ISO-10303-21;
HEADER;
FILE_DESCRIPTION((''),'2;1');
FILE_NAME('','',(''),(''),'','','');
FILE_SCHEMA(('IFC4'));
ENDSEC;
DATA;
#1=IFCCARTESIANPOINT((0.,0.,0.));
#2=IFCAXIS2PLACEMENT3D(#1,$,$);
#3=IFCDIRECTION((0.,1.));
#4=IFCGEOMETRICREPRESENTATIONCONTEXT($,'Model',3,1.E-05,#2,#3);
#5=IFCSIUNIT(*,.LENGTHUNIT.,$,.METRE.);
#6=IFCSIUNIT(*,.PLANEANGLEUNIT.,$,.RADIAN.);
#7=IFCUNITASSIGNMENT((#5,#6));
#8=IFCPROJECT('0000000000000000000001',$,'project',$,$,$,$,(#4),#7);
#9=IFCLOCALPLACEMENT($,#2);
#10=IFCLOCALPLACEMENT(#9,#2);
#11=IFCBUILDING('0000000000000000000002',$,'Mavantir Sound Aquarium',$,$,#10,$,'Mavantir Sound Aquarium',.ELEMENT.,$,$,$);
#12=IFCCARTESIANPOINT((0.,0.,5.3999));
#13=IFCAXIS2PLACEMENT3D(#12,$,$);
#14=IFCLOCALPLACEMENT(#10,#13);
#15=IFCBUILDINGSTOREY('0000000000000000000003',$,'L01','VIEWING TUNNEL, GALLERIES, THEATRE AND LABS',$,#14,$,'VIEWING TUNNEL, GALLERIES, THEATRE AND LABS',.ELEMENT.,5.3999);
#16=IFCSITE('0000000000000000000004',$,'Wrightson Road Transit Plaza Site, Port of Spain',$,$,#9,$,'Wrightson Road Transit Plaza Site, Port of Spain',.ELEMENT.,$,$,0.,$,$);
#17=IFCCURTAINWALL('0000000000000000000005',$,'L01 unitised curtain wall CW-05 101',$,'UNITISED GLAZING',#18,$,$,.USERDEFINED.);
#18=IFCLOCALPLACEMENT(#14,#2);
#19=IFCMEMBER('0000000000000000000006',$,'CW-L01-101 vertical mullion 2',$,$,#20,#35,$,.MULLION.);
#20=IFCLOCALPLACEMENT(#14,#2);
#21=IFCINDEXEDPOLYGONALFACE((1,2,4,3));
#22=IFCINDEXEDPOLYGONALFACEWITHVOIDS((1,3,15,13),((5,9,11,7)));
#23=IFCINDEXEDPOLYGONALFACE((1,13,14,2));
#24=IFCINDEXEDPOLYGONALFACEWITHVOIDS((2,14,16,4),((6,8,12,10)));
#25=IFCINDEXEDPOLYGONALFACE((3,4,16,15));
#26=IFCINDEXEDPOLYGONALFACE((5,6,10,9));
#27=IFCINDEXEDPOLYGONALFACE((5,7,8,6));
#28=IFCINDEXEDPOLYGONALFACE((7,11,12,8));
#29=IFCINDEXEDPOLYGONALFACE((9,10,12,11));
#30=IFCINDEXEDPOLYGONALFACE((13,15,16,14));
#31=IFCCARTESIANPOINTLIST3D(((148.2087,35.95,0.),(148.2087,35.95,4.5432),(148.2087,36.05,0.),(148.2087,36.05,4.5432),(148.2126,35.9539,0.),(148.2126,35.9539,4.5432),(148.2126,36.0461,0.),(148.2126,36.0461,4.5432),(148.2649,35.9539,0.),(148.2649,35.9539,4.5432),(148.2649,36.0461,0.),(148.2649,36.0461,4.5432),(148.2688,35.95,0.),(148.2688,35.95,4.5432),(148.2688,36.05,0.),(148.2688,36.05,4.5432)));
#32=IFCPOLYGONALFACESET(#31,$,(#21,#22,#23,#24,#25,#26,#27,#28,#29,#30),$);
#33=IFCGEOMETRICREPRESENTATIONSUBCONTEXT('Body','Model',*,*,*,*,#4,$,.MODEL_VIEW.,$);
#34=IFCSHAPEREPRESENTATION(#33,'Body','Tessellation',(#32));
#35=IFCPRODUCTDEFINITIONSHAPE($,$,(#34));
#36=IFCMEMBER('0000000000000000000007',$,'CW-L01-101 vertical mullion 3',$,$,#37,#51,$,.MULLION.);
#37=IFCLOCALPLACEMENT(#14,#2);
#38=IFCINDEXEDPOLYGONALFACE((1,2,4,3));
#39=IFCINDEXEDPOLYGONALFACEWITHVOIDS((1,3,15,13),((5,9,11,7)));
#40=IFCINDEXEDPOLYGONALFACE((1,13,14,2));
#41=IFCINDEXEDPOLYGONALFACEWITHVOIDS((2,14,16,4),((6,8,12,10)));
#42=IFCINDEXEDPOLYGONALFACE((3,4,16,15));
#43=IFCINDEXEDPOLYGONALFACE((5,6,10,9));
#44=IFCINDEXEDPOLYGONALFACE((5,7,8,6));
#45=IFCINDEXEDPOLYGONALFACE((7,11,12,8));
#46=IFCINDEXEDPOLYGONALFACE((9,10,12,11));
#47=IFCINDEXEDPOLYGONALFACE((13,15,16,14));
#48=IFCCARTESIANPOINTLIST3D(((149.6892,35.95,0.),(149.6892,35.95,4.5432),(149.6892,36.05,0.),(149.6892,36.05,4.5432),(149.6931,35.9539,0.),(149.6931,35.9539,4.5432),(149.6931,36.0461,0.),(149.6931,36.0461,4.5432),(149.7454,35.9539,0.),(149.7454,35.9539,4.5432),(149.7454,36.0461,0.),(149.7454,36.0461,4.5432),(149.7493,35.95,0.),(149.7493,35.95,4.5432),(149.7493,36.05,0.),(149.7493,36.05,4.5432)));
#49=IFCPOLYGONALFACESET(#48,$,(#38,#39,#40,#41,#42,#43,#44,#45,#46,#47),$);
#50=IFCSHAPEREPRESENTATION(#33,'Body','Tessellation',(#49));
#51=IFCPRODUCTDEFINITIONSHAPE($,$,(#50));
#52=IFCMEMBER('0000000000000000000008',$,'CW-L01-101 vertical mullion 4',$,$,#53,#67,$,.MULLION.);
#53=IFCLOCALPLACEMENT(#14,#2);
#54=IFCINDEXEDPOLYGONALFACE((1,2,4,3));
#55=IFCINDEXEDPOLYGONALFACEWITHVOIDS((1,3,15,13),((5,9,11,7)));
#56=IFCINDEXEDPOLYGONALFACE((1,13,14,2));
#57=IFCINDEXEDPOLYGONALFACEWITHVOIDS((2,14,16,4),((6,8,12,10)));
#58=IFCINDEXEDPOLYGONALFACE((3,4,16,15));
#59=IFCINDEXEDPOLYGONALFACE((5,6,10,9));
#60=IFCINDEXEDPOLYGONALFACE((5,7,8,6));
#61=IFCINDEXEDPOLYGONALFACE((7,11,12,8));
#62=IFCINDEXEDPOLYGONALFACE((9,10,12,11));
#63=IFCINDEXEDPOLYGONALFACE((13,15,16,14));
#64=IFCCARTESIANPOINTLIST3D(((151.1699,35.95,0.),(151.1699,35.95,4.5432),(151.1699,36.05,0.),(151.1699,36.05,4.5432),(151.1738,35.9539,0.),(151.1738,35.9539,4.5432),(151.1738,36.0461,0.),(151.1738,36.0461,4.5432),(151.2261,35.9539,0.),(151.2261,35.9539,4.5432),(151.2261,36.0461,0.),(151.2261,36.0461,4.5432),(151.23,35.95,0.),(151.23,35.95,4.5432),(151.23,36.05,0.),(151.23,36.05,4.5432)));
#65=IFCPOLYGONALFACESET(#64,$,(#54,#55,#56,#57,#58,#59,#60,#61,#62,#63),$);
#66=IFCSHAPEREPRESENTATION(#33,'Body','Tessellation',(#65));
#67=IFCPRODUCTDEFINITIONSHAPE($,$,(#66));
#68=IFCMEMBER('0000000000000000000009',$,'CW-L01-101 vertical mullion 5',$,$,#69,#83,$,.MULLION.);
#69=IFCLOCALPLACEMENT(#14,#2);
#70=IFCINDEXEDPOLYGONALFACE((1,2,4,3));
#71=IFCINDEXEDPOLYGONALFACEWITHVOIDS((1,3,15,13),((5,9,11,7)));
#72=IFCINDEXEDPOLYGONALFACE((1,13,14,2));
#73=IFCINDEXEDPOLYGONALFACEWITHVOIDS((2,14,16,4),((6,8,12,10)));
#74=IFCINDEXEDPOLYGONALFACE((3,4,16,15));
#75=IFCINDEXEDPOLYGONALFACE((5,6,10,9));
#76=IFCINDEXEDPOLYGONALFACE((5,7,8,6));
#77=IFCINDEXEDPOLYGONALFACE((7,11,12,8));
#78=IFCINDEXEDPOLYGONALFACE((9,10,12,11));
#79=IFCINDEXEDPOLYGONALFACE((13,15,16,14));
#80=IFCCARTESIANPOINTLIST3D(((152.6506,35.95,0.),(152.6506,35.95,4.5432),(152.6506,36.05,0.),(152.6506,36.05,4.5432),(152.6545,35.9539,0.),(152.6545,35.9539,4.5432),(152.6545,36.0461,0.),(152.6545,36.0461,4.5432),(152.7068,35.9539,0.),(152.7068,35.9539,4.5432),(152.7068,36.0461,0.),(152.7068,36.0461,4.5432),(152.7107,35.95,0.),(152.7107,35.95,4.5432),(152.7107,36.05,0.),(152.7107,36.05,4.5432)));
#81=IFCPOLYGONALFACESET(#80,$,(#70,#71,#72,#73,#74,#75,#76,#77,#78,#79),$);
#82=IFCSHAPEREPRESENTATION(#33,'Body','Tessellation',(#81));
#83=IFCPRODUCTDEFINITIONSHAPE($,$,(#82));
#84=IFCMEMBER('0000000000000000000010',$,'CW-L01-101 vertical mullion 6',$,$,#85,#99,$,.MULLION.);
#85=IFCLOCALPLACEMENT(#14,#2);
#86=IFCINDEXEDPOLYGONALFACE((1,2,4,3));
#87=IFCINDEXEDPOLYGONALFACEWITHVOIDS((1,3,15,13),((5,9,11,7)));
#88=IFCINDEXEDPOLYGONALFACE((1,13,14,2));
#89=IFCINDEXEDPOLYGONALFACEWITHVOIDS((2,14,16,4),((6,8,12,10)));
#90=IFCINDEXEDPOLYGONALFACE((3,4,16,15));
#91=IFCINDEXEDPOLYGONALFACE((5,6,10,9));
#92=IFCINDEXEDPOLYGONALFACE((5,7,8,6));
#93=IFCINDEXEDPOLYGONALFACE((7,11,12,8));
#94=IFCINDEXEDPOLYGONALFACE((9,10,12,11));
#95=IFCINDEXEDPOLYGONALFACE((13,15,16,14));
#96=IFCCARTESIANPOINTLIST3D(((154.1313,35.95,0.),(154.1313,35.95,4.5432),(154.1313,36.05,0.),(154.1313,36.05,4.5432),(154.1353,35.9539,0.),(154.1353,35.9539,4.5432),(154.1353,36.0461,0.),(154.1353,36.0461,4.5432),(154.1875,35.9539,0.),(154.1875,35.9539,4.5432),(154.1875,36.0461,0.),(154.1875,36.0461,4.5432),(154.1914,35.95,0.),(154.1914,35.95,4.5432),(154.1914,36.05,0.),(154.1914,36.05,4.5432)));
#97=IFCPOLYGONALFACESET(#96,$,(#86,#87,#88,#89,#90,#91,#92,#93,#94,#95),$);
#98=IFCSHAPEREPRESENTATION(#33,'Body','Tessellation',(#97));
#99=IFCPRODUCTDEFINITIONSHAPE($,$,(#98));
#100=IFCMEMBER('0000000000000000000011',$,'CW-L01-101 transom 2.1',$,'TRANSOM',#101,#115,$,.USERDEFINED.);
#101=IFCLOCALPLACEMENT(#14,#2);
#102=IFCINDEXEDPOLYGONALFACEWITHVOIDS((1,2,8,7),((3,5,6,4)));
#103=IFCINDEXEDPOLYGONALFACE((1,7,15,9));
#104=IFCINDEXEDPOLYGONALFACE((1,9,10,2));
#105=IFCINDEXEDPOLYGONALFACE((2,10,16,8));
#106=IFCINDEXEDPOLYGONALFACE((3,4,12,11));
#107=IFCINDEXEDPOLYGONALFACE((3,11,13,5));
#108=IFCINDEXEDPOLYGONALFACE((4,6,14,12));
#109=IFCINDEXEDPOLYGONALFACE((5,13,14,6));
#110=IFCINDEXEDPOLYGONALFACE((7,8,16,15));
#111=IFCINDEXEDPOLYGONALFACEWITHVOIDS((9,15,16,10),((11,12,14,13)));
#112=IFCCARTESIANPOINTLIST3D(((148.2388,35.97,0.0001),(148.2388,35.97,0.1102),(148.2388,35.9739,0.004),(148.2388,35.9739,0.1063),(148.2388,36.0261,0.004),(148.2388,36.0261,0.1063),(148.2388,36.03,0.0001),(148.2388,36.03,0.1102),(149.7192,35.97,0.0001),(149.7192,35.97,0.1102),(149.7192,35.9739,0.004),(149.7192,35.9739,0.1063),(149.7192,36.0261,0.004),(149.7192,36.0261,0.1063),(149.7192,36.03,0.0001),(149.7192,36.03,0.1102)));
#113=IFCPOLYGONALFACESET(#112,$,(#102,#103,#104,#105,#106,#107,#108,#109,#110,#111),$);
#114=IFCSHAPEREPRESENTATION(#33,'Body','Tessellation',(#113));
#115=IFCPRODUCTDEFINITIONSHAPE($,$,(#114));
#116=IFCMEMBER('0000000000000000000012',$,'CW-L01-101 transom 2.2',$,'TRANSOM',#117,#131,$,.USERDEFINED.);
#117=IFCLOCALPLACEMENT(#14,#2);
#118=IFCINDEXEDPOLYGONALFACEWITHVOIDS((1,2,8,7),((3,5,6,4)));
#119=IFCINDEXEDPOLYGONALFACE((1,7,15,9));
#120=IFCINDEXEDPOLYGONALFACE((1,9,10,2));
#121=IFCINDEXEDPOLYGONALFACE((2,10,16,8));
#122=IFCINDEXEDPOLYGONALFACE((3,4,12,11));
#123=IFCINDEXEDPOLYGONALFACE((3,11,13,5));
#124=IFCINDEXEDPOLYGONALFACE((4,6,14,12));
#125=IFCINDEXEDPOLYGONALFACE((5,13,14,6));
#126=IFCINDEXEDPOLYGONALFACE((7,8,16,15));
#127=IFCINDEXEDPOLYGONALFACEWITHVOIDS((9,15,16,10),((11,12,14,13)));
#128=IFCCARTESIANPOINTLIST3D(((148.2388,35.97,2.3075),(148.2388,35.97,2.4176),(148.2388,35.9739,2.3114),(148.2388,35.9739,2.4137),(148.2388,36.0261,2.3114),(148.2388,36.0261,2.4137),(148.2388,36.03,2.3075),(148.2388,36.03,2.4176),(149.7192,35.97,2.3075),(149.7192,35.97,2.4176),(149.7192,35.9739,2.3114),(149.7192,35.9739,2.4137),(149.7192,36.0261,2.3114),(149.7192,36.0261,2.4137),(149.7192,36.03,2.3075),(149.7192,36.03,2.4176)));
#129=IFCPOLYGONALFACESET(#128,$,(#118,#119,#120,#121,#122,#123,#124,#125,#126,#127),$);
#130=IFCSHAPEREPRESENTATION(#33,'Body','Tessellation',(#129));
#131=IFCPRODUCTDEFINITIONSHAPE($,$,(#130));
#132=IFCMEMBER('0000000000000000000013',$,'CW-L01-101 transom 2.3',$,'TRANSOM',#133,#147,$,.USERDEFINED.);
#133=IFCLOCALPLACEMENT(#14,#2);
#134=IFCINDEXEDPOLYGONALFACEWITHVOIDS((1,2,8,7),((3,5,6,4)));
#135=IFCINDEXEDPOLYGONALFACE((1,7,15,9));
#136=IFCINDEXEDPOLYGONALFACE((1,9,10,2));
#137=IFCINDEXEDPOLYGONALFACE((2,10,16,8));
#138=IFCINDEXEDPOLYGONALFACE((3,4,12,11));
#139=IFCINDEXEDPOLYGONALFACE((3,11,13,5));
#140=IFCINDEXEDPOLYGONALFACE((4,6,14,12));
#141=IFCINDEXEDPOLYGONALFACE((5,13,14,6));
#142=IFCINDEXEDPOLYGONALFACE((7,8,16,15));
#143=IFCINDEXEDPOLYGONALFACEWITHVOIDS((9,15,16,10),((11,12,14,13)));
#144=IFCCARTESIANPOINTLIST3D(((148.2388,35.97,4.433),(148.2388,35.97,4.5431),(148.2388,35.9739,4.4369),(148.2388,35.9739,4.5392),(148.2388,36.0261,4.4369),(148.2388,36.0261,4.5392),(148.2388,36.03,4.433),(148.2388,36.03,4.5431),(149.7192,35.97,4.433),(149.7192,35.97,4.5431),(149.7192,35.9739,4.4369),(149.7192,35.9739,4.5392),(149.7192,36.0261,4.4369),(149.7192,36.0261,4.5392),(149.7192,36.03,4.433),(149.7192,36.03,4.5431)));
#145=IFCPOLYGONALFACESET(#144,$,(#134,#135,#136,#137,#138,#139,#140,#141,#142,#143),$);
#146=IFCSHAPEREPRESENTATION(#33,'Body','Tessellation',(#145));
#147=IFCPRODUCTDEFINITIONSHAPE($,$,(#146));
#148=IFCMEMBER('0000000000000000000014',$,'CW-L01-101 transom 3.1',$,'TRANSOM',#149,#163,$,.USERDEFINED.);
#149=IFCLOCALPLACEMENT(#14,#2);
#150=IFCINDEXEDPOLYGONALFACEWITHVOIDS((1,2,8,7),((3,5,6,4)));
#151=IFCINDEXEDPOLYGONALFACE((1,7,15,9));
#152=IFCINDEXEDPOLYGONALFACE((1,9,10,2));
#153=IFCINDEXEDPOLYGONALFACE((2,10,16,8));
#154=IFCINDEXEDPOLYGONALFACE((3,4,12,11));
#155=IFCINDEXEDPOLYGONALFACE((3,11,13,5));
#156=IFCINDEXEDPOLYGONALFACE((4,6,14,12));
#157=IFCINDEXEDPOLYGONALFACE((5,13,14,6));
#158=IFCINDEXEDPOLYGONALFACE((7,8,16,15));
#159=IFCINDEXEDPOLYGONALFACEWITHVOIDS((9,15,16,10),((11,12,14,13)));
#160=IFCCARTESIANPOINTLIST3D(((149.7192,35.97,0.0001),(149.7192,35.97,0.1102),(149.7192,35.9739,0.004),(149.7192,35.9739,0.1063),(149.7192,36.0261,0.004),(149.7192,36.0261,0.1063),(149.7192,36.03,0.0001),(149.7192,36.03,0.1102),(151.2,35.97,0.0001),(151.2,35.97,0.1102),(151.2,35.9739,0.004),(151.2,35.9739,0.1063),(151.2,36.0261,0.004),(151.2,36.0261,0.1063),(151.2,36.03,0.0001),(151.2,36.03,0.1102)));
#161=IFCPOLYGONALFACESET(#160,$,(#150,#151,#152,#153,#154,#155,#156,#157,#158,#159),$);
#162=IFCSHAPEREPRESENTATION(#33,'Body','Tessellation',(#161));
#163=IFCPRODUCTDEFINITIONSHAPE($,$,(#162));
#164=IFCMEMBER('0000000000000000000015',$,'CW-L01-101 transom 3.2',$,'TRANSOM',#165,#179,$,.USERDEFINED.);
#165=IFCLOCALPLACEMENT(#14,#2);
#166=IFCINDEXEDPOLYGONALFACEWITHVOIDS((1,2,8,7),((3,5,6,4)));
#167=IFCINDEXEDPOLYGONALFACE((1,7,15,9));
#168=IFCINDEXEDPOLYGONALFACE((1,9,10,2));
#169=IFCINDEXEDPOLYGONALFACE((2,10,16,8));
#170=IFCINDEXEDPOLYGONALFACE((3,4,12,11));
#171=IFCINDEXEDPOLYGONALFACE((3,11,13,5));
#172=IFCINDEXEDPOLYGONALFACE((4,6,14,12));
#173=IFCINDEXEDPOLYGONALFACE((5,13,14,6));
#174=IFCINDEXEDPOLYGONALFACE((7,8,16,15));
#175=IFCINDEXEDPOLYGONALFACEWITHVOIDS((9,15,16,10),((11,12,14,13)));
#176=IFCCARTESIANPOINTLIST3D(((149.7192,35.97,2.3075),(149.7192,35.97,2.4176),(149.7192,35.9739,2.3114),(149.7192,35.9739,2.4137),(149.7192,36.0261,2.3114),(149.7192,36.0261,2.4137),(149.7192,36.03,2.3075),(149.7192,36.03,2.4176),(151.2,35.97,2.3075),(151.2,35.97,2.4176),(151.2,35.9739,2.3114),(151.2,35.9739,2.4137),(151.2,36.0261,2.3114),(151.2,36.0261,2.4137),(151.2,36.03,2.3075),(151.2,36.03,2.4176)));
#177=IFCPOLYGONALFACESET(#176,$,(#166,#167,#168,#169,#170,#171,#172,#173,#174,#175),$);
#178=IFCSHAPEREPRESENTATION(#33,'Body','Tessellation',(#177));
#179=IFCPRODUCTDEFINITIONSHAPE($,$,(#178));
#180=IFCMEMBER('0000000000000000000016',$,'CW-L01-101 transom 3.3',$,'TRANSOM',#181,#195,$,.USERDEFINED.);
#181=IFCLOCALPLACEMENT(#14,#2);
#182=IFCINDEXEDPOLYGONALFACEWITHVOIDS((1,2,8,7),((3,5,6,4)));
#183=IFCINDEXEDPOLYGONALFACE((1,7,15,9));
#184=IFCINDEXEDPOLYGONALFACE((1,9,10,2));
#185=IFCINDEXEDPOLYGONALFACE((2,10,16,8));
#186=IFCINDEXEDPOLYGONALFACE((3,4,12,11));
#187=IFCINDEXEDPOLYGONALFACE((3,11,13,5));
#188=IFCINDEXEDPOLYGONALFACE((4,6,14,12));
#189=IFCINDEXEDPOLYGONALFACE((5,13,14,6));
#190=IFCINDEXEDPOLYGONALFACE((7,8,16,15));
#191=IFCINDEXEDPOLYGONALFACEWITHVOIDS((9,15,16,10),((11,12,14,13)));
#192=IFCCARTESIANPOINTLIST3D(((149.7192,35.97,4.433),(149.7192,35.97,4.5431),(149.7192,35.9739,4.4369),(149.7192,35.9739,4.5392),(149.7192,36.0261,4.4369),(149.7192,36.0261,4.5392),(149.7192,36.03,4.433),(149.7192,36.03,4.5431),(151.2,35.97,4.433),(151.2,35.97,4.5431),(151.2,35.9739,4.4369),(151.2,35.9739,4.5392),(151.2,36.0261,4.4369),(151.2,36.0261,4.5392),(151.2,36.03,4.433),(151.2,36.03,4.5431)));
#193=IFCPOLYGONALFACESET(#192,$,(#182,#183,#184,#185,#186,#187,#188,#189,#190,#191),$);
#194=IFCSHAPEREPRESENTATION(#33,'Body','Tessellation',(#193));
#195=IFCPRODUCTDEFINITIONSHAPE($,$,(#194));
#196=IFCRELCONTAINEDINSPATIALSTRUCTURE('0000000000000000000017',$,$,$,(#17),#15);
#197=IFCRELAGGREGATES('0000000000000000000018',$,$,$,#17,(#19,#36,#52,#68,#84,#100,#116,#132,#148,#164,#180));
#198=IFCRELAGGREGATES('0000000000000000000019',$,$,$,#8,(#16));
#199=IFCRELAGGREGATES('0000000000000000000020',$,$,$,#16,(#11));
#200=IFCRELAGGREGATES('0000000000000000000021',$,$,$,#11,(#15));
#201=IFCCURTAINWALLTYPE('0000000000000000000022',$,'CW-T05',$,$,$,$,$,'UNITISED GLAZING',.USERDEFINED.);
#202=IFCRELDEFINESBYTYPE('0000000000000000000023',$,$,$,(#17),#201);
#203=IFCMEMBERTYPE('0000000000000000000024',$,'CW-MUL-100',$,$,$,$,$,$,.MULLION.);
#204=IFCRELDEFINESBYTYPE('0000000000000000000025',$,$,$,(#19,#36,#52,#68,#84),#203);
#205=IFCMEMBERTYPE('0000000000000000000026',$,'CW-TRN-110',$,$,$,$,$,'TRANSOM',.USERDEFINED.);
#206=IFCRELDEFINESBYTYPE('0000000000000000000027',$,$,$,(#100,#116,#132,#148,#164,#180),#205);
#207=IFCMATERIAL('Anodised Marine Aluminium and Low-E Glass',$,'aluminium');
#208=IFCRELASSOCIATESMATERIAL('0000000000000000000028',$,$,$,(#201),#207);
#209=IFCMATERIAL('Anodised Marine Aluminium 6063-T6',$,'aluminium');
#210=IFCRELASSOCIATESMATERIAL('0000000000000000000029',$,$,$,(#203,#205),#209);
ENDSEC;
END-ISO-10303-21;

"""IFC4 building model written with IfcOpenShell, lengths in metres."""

from ifc_helpers import new_model, si_unit, direction, frame, origin, origin_2d, place, context, subcontext, project, spatial, hollow_rectangle, extrude, material, material_profile, profile_set, type_object, element, aggregate, save


model = new_model("IFC4")

# Units and contexts
model_context = context("Model", 3, precision=1e-05, world=origin(), true_north=direction((0.0, 1.0)))
body_context = subcontext(model_context, "Body", "Model", "MODEL_VIEW")
ifc_project = project(units=[si_unit("LENGTHUNIT", "METRE"), si_unit("PLANEANGLEUNIT", "RADIAN")], contexts=[model_context])

# Site, building, storey
site_placement = place(None, origin())
site = spatial("IfcSite", under=ifc_project, at=site_placement, Name="Wrightson Road Transit Plaza Site, Port of Spain", LongName="Wrightson Road Transit Plaza Site, Port of Spain", CompositionType="ELEMENT", RefElevation=0.0)
building_placement = place(site_placement, origin())
building = spatial("IfcBuilding", under=site, at=building_placement, Name="Mavantir Sound Aquarium", LongName="Mavantir Sound Aquarium", CompositionType="ELEMENT")
storey_placement = place(building_placement, frame((0.0, 0.0, 5.3999)))
storey = spatial("IfcBuildingStorey", under=building, at=storey_placement, Name="L01", Description="VIEWING TUNNEL, GALLERIES, THEATRE AND LABS", LongName="VIEWING TUNNEL, GALLERIES, THEATRE AND LABS", CompositionType="ELEMENT", Elevation=5.3999)

# Curtain wall, members
ifc_material_1 = material(Name="Anodised Marine Aluminium and Low-E Glass", Category="aluminium")
curtain_wall_type = type_object("IfcCurtainWallType", Name="CW-T05", ElementType="UNITISED GLAZING", PredefinedType="USERDEFINED", material=ifc_material_1)
curtain_wall_placement = place(storey_placement, origin())
curtain_wall = element("IfcCurtainWall", 1, at=curtain_wall_placement, inside=storey, type_object=curtain_wall_type, Name="L01 unitised curtain wall CW-05 101", ObjectType="UNITISED GLAZING", PredefinedType="USERDEFINED")
ifc_material_2 = material(Name="Anodised Marine Aluminium 6063-T6", Category="aluminium")
ifc_material_profile_1 = material_profile(ifc_material_2, hollow_rectangle(XDim=0.0601, YDim=0.1001, WallThickness=0.0039, at=origin_2d()), Name="ALU-MULLION-100X60")
ifc_profile_set_1 = profile_set([ifc_material_profile_1], Name="Anodised Marine Aluminium 6063-T6")
member_type_1 = type_object("IfcMemberType", Name="CW-MUL-100", PredefinedType="MULLION", material=ifc_profile_set_1)
member_1_placement = place(storey_placement, frame((148.2388, 36.0, 0.0), z_axis=(0.0, 0.0, 1.0), x_axis=(1.0, 0.0, 0.0)))
member_1 = element("IfcMember", 2, at=member_1_placement, type_object=member_type_1, Name="CW-L01-101 vertical mullion 2", PredefinedType="MULLION", context=body_context, shape_type="SweptSolid", body=[
    extrude(hollow_rectangle(XDim=0.0601, YDim=0.1001, WallThickness=0.0039, at=origin_2d()), origin(), (0.0, 0.0, 1.0), 4.5432),
])
member_2_placement = place(storey_placement, frame((149.7192, 36.0, 0.0), z_axis=(0.0, 0.0, 1.0), x_axis=(1.0, 0.0, 0.0)))
member_2 = element("IfcMember", 3, at=member_2_placement, type_object=member_type_1, Name="CW-L01-101 vertical mullion 3", PredefinedType="MULLION", context=body_context, shape_type="SweptSolid", body=[
    extrude(hollow_rectangle(XDim=0.0601, YDim=0.1001, WallThickness=0.0039, at=origin_2d()), origin(), (0.0, 0.0, 1.0), 4.5432),
])
member_3_placement = place(storey_placement, frame((151.2, 36.0, 0.0), z_axis=(0.0, 0.0, 1.0), x_axis=(1.0, 0.0, 0.0)))
member_3 = element("IfcMember", 4, at=member_3_placement, type_object=member_type_1, Name="CW-L01-101 vertical mullion 4", PredefinedType="MULLION", context=body_context, shape_type="SweptSolid", body=[
    extrude(hollow_rectangle(XDim=0.0601, YDim=0.1001, WallThickness=0.0039, at=origin_2d()), origin(), (0.0, 0.0, 1.0), 4.5432),
])
member_4_placement = place(storey_placement, frame((152.6807, 36.0, 0.0), z_axis=(0.0, 0.0, 1.0), x_axis=(1.0, 0.0, 0.0)))
member_4 = element("IfcMember", 5, at=member_4_placement, type_object=member_type_1, Name="CW-L01-101 vertical mullion 5", PredefinedType="MULLION", context=body_context, shape_type="SweptSolid", body=[
    extrude(hollow_rectangle(XDim=0.0601, YDim=0.1001, WallThickness=0.0039, at=origin_2d()), origin(), (0.0, 0.0, 1.0), 4.5432),
])
member_5_placement = place(storey_placement, frame((154.1614, 36.0, 0.0), z_axis=(0.0, 0.0, 1.0), x_axis=(1.0, 0.0, 0.0)))
member_5 = element("IfcMember", 6, at=member_5_placement, type_object=member_type_1, Name="CW-L01-101 vertical mullion 6", PredefinedType="MULLION", context=body_context, shape_type="SweptSolid", body=[
    extrude(hollow_rectangle(XDim=0.0601, YDim=0.1001, WallThickness=0.0039, at=origin_2d()), origin(), (0.0, 0.0, 1.0), 4.5432),
])
ifc_material_profile_2 = material_profile(ifc_material_2, hollow_rectangle(XDim=0.0601, YDim=0.1101, WallThickness=0.0039, at=origin_2d()), Name="ALU-TRANSOM-110X60")
ifc_profile_set_2 = profile_set([ifc_material_profile_2], Name="Anodised Marine Aluminium 6063-T6")
member_type_2 = type_object("IfcMemberType", Name="CW-TRN-110", ElementType="TRANSOM", PredefinedType="USERDEFINED", material=ifc_profile_set_2)
member_6_placement = place(storey_placement, frame((148.2388, 36.0, 0.0552), z_axis=(1.0, 0.0, 0.0), x_axis=(0.0, 1.0, 0.0)))
member_6 = element("IfcMember", 7, at=member_6_placement, type_object=member_type_2, Name="CW-L01-101 transom 2.1", ObjectType="TRANSOM", PredefinedType="USERDEFINED", context=body_context, shape_type="SweptSolid", body=[
    extrude(hollow_rectangle(XDim=0.0601, YDim=0.1101, WallThickness=0.0039, at=origin_2d()), origin(), (0.0, 0.0, 1.0), 1.4805),
])
member_7_placement = place(storey_placement, frame((148.2388, 36.0, 2.3625), z_axis=(1.0, 0.0, 0.0), x_axis=(0.0, 1.0, 0.0)))
member_7 = element("IfcMember", 8, at=member_7_placement, type_object=member_type_2, Name="CW-L01-101 transom 2.2", ObjectType="TRANSOM", PredefinedType="USERDEFINED", context=body_context, shape_type="SweptSolid", body=[
    extrude(hollow_rectangle(XDim=0.0601, YDim=0.1101, WallThickness=0.0039, at=origin_2d()), origin(), (0.0, 0.0, 1.0), 1.4805),
])
member_8_placement = place(storey_placement, frame((148.2388, 36.0, 4.488), z_axis=(1.0, 0.0, 0.0), x_axis=(0.0, 1.0, 0.0)))
member_8 = element("IfcMember", 9, at=member_8_placement, type_object=member_type_2, Name="CW-L01-101 transom 2.3", ObjectType="TRANSOM", PredefinedType="USERDEFINED", context=body_context, shape_type="SweptSolid", body=[
    extrude(hollow_rectangle(XDim=0.0601, YDim=0.1101, WallThickness=0.0039, at=origin_2d()), origin(), (0.0, 0.0, 1.0), 1.4805),
])
member_9_placement = place(storey_placement, frame((149.7192, 36.0, 0.0552), z_axis=(1.0, 0.0, 0.0), x_axis=(0.0, 1.0, 0.0)))
member_9 = element("IfcMember", 10, at=member_9_placement, type_object=member_type_2, Name="CW-L01-101 transom 3.1", ObjectType="TRANSOM", PredefinedType="USERDEFINED", context=body_context, shape_type="SweptSolid", body=[
    extrude(hollow_rectangle(XDim=0.0601, YDim=0.1101, WallThickness=0.0039, at=origin_2d()), origin(), (0.0, 0.0, 1.0), 1.4807),
])
member_10_placement = place(storey_placement, frame((149.7192, 36.0, 2.3625), z_axis=(1.0, 0.0, 0.0), x_axis=(0.0, 1.0, 0.0)))
member_10 = element("IfcMember", 11, at=member_10_placement, type_object=member_type_2, Name="CW-L01-101 transom 3.2", ObjectType="TRANSOM", PredefinedType="USERDEFINED", context=body_context, shape_type="SweptSolid", body=[
    extrude(hollow_rectangle(XDim=0.0601, YDim=0.1101, WallThickness=0.0039, at=origin_2d()), origin(), (0.0, 0.0, 1.0), 1.4807),
])
member_11_placement = place(storey_placement, frame((149.7192, 36.0, 4.488), z_axis=(1.0, 0.0, 0.0), x_axis=(0.0, 1.0, 0.0)))
member_11 = element("IfcMember", 12, at=member_11_placement, type_object=member_type_2, Name="CW-L01-101 transom 3.3", ObjectType="TRANSOM", PredefinedType="USERDEFINED", context=body_context, shape_type="SweptSolid", body=[
    extrude(hollow_rectangle(XDim=0.0601, YDim=0.1101, WallThickness=0.0039, at=origin_2d()), origin(), (0.0, 0.0, 1.0), 1.4807),
])
aggregate(curtain_wall, [member_1, member_2, member_3, member_4, member_5, member_6, member_7, member_8, member_9, member_10, member_11])

save(model, "model.ifc")
